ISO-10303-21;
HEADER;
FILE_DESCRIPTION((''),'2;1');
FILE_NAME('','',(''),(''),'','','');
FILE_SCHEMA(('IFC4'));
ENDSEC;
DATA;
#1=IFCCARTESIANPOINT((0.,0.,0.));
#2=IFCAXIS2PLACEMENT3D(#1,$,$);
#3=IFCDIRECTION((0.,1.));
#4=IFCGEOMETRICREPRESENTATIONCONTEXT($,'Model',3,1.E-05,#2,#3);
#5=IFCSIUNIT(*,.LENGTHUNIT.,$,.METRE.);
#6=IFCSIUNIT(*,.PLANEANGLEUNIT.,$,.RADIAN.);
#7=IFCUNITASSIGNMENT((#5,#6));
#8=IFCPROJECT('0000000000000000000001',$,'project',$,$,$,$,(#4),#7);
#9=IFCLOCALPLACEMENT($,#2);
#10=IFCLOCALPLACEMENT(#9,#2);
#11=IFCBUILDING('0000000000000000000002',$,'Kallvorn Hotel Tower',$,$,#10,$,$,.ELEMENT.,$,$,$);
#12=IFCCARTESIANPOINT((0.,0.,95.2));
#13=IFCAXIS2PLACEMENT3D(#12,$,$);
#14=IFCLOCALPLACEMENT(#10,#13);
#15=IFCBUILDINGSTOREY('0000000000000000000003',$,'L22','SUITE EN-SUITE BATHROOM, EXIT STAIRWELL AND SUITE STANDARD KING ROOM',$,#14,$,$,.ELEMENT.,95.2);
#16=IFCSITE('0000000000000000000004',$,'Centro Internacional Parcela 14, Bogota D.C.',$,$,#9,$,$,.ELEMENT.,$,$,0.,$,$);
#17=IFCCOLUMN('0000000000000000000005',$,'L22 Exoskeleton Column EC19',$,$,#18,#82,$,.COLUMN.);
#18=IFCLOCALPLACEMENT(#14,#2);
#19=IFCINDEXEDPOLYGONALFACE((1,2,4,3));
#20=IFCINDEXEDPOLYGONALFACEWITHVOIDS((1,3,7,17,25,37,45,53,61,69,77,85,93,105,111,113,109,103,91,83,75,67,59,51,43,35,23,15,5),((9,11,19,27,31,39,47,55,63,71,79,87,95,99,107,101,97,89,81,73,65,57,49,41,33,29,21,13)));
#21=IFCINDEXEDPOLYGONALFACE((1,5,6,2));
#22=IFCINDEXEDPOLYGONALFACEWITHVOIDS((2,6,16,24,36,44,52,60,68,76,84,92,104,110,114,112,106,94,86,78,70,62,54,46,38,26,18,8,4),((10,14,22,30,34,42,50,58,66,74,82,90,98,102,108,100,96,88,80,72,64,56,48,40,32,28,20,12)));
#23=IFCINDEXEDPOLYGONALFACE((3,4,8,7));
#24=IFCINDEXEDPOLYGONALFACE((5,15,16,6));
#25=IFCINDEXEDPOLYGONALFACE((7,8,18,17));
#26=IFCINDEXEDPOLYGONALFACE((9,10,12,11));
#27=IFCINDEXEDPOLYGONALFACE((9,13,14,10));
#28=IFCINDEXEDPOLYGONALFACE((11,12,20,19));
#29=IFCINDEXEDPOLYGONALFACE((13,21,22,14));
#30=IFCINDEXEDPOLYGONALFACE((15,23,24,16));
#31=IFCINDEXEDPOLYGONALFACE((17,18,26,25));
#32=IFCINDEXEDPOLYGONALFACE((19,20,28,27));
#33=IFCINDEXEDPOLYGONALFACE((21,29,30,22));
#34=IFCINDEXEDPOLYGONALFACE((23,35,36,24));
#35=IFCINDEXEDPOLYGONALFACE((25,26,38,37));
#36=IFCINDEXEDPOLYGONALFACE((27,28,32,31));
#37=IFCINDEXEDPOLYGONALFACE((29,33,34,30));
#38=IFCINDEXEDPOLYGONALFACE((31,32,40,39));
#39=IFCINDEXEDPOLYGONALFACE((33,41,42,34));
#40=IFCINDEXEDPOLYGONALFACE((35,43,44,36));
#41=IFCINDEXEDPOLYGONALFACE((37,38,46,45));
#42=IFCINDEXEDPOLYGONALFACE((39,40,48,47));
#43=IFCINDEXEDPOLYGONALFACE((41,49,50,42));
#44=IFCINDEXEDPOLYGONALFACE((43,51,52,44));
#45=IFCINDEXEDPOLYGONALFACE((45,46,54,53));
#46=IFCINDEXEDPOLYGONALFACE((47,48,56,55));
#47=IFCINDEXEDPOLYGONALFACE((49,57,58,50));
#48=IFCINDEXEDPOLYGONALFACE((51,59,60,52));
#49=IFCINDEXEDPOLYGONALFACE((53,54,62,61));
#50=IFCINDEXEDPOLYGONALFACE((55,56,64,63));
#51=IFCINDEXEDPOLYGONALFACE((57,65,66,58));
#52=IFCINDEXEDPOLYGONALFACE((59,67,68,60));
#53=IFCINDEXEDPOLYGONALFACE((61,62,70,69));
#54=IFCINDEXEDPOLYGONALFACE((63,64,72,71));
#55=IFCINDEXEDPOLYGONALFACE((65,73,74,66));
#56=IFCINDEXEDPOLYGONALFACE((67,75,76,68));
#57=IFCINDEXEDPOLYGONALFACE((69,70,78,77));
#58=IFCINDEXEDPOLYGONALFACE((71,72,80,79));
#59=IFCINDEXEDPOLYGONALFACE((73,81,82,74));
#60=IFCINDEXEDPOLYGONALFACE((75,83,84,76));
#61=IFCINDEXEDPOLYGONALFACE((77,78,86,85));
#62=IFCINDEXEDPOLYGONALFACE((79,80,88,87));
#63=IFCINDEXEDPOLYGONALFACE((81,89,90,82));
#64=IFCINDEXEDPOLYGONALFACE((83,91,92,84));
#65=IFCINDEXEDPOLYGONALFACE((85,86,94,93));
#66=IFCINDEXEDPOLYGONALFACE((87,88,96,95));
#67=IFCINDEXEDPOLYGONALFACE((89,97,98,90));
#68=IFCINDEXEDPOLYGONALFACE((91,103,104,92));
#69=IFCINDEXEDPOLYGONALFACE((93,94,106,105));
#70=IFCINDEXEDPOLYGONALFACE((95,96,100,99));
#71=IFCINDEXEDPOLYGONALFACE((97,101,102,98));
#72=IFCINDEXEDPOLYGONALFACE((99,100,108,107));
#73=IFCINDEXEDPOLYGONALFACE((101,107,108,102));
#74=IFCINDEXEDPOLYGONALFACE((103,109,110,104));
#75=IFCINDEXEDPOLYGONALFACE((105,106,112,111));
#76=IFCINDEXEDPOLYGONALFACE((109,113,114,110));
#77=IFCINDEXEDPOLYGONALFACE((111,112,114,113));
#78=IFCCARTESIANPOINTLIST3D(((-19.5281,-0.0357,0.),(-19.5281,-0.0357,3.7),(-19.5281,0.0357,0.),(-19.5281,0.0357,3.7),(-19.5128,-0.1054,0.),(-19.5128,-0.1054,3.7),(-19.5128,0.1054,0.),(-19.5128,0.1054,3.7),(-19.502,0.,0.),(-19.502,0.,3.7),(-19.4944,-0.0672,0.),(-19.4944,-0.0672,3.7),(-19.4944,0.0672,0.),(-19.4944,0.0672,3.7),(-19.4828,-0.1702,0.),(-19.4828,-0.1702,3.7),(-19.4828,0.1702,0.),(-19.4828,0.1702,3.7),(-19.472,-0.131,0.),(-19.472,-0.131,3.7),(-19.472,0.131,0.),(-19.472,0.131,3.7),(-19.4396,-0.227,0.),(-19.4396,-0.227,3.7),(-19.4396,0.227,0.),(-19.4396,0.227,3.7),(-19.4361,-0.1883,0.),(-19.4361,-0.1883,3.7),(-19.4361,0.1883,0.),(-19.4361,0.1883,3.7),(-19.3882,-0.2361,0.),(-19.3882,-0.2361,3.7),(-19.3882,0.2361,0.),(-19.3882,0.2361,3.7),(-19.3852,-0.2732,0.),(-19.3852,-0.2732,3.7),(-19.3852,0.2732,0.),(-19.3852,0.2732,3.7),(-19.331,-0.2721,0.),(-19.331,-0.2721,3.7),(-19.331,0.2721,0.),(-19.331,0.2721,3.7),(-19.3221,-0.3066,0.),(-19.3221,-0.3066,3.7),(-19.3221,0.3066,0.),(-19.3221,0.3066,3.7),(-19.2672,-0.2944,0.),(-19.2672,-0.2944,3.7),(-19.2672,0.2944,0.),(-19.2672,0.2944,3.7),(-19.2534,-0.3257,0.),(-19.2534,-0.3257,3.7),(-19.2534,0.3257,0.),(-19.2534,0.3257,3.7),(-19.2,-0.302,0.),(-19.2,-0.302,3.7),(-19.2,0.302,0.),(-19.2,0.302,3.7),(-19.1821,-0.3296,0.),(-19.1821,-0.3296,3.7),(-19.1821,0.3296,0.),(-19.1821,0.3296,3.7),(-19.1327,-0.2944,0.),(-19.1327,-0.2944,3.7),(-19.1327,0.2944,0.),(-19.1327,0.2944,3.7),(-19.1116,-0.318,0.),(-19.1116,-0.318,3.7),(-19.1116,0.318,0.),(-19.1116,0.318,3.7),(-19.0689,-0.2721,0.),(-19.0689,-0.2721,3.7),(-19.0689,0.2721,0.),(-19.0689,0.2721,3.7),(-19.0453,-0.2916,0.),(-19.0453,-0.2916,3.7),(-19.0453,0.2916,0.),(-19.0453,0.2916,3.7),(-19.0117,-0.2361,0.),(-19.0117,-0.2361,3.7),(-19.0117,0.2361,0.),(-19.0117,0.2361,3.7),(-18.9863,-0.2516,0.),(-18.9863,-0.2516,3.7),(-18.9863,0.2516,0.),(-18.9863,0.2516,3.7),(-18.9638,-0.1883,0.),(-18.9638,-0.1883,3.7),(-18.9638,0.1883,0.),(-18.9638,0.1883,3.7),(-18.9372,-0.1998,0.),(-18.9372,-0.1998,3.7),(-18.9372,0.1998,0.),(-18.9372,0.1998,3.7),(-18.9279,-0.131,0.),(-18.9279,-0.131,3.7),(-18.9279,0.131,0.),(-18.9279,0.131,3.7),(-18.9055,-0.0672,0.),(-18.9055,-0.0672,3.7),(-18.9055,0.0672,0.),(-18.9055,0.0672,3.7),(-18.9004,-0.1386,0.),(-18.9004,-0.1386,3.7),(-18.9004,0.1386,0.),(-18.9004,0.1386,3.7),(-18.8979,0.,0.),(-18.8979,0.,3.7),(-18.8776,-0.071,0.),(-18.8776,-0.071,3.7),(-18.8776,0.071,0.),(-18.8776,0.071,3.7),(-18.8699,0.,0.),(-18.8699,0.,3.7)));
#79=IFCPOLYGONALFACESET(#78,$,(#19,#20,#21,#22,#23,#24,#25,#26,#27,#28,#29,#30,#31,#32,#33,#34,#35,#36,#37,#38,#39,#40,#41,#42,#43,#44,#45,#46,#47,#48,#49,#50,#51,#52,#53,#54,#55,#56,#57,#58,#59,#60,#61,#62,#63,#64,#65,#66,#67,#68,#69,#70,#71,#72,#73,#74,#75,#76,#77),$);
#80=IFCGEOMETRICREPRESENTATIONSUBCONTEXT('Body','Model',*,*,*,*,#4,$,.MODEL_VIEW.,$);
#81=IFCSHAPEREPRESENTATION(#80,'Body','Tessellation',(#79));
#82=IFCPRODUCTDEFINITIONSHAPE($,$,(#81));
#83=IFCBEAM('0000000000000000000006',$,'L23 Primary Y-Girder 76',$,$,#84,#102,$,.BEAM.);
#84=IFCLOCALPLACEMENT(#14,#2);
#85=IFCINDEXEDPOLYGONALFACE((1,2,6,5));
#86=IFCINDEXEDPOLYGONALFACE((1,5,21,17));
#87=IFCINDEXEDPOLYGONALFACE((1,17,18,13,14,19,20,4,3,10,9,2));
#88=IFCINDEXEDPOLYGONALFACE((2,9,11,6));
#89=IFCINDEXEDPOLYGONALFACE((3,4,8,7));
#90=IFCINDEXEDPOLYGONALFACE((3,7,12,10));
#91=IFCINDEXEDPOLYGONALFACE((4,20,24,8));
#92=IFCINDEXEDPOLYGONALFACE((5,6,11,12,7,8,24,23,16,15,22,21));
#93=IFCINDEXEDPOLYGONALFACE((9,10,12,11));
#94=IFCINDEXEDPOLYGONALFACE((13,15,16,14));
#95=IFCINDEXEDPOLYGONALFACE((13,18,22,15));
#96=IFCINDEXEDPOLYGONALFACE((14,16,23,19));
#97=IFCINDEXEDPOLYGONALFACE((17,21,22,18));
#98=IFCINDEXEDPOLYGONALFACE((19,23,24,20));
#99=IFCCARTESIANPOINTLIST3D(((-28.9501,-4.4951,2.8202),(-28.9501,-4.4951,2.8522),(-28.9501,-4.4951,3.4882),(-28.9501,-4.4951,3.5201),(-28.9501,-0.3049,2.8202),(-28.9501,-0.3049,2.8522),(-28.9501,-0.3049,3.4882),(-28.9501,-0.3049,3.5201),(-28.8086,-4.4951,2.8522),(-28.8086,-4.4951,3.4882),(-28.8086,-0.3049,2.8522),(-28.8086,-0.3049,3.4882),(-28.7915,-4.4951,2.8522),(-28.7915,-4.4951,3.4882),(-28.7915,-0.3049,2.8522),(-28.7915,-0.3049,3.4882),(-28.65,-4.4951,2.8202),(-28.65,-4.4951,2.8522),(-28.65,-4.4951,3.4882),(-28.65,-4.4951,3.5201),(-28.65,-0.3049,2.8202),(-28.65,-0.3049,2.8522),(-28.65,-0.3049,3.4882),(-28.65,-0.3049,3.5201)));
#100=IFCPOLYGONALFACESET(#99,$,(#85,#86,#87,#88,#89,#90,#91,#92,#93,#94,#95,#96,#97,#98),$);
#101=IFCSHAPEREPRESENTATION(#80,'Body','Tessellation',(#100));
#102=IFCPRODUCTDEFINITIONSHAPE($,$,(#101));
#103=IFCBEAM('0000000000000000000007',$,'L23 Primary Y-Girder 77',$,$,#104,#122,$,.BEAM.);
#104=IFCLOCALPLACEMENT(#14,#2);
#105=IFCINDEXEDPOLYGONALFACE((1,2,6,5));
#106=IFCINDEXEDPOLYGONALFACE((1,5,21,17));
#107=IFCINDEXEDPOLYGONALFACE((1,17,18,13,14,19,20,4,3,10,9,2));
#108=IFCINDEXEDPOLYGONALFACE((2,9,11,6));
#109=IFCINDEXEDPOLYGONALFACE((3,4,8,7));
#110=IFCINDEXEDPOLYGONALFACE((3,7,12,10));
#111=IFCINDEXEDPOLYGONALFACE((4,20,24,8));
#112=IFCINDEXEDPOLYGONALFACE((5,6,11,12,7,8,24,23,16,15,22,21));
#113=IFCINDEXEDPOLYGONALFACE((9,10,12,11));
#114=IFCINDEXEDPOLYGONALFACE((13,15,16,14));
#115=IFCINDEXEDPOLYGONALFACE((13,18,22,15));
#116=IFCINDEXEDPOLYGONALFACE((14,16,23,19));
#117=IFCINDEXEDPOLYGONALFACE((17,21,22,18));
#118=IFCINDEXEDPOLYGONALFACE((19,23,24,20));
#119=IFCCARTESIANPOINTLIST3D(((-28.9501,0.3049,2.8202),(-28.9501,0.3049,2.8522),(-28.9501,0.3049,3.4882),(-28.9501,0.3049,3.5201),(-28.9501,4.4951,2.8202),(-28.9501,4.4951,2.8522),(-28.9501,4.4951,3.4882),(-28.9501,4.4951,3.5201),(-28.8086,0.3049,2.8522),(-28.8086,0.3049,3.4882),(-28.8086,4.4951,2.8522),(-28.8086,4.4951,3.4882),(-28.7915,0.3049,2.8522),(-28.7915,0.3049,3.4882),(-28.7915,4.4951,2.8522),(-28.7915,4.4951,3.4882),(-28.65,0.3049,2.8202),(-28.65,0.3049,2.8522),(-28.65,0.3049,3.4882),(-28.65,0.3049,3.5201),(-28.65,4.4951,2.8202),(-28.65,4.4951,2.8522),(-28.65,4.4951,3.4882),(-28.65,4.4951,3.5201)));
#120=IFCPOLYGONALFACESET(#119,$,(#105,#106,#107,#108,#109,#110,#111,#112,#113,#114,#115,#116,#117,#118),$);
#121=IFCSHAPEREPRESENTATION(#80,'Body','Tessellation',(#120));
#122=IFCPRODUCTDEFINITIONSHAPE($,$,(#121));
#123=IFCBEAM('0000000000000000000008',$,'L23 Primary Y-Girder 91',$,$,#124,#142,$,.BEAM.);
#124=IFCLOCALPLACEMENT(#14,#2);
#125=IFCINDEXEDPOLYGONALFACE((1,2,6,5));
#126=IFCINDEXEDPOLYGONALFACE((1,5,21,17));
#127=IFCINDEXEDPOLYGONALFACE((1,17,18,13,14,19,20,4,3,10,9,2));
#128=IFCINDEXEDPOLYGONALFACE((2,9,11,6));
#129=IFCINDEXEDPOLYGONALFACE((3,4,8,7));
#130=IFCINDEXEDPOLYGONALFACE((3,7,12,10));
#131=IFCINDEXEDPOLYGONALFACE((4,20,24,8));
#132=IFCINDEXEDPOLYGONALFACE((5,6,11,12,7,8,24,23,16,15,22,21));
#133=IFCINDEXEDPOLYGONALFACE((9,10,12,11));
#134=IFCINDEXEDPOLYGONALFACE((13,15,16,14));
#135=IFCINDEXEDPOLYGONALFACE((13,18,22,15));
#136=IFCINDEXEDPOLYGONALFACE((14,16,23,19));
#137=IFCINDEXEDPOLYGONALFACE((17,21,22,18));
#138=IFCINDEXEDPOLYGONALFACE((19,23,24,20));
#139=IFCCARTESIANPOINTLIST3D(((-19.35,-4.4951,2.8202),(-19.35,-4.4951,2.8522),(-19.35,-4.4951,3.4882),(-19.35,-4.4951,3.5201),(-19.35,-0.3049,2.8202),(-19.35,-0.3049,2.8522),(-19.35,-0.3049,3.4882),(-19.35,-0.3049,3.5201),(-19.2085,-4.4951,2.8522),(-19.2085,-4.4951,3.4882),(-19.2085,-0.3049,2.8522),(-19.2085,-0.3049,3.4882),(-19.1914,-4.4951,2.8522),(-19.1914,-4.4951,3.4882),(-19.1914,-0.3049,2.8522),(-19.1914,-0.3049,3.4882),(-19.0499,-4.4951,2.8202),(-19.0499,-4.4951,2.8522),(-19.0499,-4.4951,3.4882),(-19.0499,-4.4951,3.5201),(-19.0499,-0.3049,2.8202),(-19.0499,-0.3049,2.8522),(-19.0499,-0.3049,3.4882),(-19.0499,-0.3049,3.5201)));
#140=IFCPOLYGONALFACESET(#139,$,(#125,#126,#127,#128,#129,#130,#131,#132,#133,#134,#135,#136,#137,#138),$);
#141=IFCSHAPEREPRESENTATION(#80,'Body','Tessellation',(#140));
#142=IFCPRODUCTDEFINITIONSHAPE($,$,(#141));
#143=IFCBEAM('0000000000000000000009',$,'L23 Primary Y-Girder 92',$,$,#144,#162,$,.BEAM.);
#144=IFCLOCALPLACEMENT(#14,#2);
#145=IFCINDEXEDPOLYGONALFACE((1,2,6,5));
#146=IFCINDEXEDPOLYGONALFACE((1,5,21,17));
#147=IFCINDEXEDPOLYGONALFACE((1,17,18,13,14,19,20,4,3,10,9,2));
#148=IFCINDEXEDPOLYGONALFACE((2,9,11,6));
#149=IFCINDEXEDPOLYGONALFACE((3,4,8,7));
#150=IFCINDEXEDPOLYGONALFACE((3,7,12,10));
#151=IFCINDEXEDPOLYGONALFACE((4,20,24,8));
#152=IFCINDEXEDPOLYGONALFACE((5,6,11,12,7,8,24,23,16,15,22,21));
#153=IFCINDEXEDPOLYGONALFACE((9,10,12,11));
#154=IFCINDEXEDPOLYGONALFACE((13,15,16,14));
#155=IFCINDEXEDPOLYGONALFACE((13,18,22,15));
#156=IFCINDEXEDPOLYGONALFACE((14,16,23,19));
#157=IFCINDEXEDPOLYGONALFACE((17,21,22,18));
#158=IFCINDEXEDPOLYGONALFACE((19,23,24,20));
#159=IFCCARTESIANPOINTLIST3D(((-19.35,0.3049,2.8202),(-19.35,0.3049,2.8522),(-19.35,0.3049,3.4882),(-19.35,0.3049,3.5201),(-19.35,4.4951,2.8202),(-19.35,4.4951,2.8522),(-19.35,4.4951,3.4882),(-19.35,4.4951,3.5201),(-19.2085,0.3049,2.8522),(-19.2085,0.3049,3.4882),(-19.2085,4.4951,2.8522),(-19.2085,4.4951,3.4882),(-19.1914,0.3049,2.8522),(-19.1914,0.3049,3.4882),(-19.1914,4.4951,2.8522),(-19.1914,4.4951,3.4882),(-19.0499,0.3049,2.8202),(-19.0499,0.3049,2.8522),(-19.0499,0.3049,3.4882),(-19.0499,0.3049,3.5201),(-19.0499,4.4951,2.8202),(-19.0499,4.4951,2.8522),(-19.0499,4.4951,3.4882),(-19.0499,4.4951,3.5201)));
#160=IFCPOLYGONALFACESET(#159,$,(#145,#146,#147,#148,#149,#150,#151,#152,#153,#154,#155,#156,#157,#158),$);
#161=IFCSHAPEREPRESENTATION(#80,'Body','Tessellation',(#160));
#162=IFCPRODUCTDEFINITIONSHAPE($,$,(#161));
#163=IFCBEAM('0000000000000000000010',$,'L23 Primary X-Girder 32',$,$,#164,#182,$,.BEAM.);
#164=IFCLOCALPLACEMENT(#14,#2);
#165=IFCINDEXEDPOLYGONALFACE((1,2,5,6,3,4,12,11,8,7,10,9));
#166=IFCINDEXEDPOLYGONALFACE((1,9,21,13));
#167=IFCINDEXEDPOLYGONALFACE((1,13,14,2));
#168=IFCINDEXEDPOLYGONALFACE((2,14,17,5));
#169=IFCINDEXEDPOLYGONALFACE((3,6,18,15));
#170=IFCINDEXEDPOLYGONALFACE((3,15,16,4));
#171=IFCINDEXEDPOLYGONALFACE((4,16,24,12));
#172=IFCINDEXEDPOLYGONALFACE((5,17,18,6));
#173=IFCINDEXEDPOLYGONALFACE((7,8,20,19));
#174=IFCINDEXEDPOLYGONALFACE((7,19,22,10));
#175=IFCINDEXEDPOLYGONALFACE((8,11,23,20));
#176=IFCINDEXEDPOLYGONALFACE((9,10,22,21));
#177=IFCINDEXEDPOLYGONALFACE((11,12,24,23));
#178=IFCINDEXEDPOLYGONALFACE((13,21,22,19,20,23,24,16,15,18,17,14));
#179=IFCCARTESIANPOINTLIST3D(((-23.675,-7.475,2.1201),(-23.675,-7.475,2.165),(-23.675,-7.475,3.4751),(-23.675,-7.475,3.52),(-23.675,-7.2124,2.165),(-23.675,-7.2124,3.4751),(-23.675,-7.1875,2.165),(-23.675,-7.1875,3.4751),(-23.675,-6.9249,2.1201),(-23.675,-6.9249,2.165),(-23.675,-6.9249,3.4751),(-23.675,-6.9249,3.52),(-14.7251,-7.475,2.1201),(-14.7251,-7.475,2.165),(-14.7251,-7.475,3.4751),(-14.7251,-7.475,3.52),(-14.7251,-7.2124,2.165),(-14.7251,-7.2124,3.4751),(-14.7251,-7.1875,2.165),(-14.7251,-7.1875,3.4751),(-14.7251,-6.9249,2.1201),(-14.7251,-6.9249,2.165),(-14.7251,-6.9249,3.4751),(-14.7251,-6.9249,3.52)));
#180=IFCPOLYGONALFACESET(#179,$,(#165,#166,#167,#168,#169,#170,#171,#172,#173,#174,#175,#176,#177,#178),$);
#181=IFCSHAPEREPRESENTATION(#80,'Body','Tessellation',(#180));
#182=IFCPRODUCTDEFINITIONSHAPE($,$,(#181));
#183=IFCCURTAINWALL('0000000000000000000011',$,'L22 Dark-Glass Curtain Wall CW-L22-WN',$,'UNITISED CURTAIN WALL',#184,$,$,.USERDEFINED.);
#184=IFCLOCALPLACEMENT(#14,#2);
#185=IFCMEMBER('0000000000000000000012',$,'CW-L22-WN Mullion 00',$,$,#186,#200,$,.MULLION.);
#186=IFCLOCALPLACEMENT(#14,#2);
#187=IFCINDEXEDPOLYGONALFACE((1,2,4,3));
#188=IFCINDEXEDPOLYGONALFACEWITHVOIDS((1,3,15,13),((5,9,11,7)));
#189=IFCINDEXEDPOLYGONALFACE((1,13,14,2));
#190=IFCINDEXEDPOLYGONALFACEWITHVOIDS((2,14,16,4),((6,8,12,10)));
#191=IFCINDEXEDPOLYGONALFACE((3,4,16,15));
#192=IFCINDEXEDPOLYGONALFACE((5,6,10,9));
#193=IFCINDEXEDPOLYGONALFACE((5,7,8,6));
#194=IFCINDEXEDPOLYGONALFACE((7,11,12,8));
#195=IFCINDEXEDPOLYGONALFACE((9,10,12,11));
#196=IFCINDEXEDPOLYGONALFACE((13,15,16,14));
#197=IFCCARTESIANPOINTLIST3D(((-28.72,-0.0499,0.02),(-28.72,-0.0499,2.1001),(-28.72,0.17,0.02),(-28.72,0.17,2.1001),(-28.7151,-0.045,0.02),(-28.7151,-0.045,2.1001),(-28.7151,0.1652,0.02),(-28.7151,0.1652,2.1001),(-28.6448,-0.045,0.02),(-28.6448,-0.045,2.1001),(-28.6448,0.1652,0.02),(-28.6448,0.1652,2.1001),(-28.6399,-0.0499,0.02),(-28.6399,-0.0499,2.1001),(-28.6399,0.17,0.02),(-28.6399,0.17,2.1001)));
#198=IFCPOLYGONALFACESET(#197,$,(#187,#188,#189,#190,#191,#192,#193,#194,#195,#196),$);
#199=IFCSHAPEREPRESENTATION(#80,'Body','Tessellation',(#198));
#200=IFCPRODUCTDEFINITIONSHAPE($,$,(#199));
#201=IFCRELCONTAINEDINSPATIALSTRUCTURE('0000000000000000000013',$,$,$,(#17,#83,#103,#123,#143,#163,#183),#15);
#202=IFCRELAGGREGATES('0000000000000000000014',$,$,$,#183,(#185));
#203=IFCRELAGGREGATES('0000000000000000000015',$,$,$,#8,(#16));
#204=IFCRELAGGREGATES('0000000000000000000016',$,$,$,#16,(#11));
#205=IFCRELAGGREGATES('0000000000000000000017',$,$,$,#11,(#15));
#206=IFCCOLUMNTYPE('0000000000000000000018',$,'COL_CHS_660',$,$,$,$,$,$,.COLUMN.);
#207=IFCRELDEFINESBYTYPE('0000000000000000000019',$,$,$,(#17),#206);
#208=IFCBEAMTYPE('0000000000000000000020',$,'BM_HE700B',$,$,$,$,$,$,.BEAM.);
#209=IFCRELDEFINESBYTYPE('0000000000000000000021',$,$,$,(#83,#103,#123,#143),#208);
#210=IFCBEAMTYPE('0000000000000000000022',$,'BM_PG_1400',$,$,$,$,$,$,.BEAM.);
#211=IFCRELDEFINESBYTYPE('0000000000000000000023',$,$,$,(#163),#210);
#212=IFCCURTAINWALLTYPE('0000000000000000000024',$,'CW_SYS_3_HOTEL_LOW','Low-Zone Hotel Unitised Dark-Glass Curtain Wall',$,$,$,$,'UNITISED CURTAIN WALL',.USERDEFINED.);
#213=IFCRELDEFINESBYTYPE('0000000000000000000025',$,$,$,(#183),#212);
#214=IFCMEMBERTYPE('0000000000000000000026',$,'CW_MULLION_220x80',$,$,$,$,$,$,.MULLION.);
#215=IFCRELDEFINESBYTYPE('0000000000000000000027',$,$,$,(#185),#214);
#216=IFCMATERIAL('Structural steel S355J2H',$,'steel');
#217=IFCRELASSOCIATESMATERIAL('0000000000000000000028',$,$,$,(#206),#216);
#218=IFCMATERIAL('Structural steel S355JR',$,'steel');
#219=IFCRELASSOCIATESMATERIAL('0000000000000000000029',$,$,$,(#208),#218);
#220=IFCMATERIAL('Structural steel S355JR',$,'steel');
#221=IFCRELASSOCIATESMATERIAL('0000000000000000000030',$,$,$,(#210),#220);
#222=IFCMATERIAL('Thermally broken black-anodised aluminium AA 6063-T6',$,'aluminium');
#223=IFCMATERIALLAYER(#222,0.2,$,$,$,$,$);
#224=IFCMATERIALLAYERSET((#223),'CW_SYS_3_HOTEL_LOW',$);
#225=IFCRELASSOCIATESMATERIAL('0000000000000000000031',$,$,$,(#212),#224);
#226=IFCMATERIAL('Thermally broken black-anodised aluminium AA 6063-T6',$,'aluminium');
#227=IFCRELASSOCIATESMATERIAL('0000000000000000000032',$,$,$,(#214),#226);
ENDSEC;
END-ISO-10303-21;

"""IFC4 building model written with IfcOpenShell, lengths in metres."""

from ifc_helpers import new_model, si_unit, direction, frame, origin, origin_2d, place, context, subcontext, project, spatial, hollow_rectangle, hollow_circle, i_section, extrude, material, layer, layer_set, material_profile, profile_set, type_object, element, aggregate, save


model = new_model("IFC4")

# Units and contexts
model_context = context("Model", 3, precision=1e-05, world=origin(), true_north=direction((0.0, 1.0)))
body_context = subcontext(model_context, "Body", "Model", "MODEL_VIEW")
ifc_project = project(units=[si_unit("LENGTHUNIT", "METRE"), si_unit("PLANEANGLEUNIT", "RADIAN")], contexts=[model_context])

# Site, building, storey
site_placement = place(None, origin())
site = spatial("IfcSite", under=ifc_project, at=site_placement, Name="Centro Internacional Parcela 14, Bogota D.C.", CompositionType="ELEMENT", RefElevation=0.0)
building_placement = place(site_placement, origin())
building = spatial("IfcBuilding", under=site, at=building_placement, Name="Kallvorn Hotel Tower", CompositionType="ELEMENT")
storey_placement = place(building_placement, frame((0.0, 0.0, 95.2)))
storey = spatial("IfcBuildingStorey", under=building, at=storey_placement, Name="L22", Description="SUITE EN-SUITE BATHROOM, EXIT STAIRWELL AND SUITE STANDARD KING ROOM", CompositionType="ELEMENT", Elevation=95.2)

# Column
ifc_material_1 = material(Name="Structural steel S355J2H", Category="steel")
ifc_material_profile_1 = material_profile(ifc_material_1, hollow_circle(Radius=0.3301, WallThickness=0.0281, at=origin_2d()), Name="CHS 660x28")
ifc_profile_set_1 = profile_set([ifc_material_profile_1], Name="Structural steel S355J2H")
column_type = type_object("IfcColumnType", Name="COL_CHS_660", PredefinedType="COLUMN", material=ifc_profile_set_1)
for number, where, z_axis, x_axis, name in (
    (1, (-19.2, 0.0, 0.0), (0.0, 0.0, 1.0), (1.0, 0.0, 0.0), "L22 Exoskeleton Column EC19"),
):
    element("IfcColumn", number, at=place(storey_placement, frame(where, z_axis=z_axis, x_axis=x_axis)), inside=storey, type_object=column_type, Name=name, PredefinedType="COLUMN", context=body_context, shape_type="SweptSolid", body=[
        extrude(hollow_circle(Radius=0.3301, WallThickness=0.0281, at=origin_2d()), origin(), (0.0, 0.0, 1.0), 3.7),
    ])

# Beams
ifc_material_2 = material(Name="Structural steel S355JR", Category="steel")
ifc_material_profile_2 = material_profile(ifc_material_2, i_section(OverallWidth=0.3, OverallDepth=0.7, WebThickness=0.0171, FlangeThickness=0.032, at=origin_2d()), Name="HE 700 B")
ifc_profile_set_2 = profile_set([ifc_material_profile_2], Name="Structural steel S355JR")
beam_type_1 = type_object("IfcBeamType", Name="BM_HE700B", PredefinedType="BEAM", material=ifc_profile_set_2)
for number, where, z_axis, x_axis, name in (
    (2, (-28.8, -4.4951, 3.1702), (0.0, 1.0, 0.0), (-1.0, 0.0, 0.0), "L23 Primary Y-Girder 76"),
    (3, (-28.8, 0.3049, 3.1702), (0.0, 1.0, 0.0), (-1.0, 0.0, 0.0), "L23 Primary Y-Girder 77"),
    (4, (-19.2, -4.4951, 3.1702), (0.0, 1.0, 0.0), (-1.0, 0.0, 0.0), "L23 Primary Y-Girder 91"),
    (5, (-19.2, 0.3049, 3.1702), (0.0, 1.0, 0.0), (-1.0, 0.0, 0.0), "L23 Primary Y-Girder 92"),
):
    element("IfcBeam", number, at=place(storey_placement, frame(where, z_axis=z_axis, x_axis=x_axis)), inside=storey, type_object=beam_type_1, Name=name, PredefinedType="BEAM", context=body_context, shape_type="SweptSolid", body=[
        extrude(i_section(OverallWidth=0.3, OverallDepth=0.7, WebThickness=0.0171, FlangeThickness=0.032, at=origin_2d()), origin(), (0.0, 0.0, 1.0), 4.1902),
    ])
ifc_material_3 = material(Name="Structural steel S355JR", Category="steel")
ifc_material_profile_3 = material_profile(ifc_material_3, i_section(OverallWidth=0.55, OverallDepth=1.3999, WebThickness=0.0249, FlangeThickness=0.0449, at=origin_2d()), Name="PG 1400x550x25x45")
ifc_profile_set_3 = profile_set([ifc_material_profile_3], Name="Structural steel S355JR")
beam_type_2 = type_object("IfcBeamType", Name="BM_PG_1400", PredefinedType="BEAM", material=ifc_profile_set_3)
beam_placement = place(storey_placement, frame((-23.675, -7.2, 2.8201), z_axis=(1.0, 0.0, 0.0), x_axis=(0.0, 1.0, 0.0)))
element("IfcBeam", 6, at=beam_placement, inside=storey, type_object=beam_type_2, Name="L23 Primary X-Girder 32", PredefinedType="BEAM", context=body_context, shape_type="SweptSolid", body=[
    extrude(i_section(OverallWidth=0.55, OverallDepth=1.3999, WebThickness=0.0249, FlangeThickness=0.0449, at=origin_2d()), origin(), (0.0, 0.0, 1.0), 8.95),
])

# Curtain wall, member
ifc_material_4 = material(Name="Thermally broken black-anodised aluminium AA 6063-T6", Category="aluminium")
ifc_layer_1 = layer(ifc_material_4, 0.2)
ifc_layer_set_1 = layer_set([ifc_layer_1], Name="CW_SYS_3_HOTEL_LOW")
curtain_wall_type = type_object("IfcCurtainWallType", Name="CW_SYS_3_HOTEL_LOW", Description="Low-Zone Hotel Unitised Dark-Glass Curtain Wall", ElementType="UNITISED CURTAIN WALL", PredefinedType="USERDEFINED", material=ifc_layer_set_1)
curtain_wall_placement = place(storey_placement, origin())
curtain_wall = element("IfcCurtainWall", 7, at=curtain_wall_placement, inside=storey, type_object=curtain_wall_type, Name="L22 Dark-Glass Curtain Wall CW-L22-WN", ObjectType="UNITISED CURTAIN WALL", PredefinedType="USERDEFINED")
ifc_material_5 = material(Name="Thermally broken black-anodised aluminium AA 6063-T6", Category="aluminium")
ifc_material_profile_4 = material_profile(ifc_material_5, hollow_rectangle(XDim=0.0801, YDim=0.22, WallThickness=0.0049, at=origin_2d()), Name="MUL 220x80")
ifc_profile_set_4 = profile_set([ifc_material_profile_4], Name="Thermally broken black-anodised aluminium AA 6063-T6")
member_type_1 = type_object("IfcMemberType", Name="CW_MULLION_220x80", PredefinedType="MULLION", material=ifc_profile_set_4)
member_1_placement = place(storey_placement, frame((-28.6799, 0.0601, 0.02), z_axis=(0.0, 0.0, 1.0), x_axis=(1.0, 0.0, 0.0)))
member_1 = element("IfcMember", 8, at=member_1_placement, type_object=member_type_1, Name="CW-L22-WN Mullion 00", PredefinedType="MULLION", context=body_context, shape_type="SweptSolid", body=[
    extrude(hollow_rectangle(XDim=0.0801, YDim=0.22, WallThickness=0.0049, at=origin_2d()), origin(), (0.0, 0.0, 1.0), 2.0801),
])
aggregate(curtain_wall, [member_1])

save(model, "model.ifc")
